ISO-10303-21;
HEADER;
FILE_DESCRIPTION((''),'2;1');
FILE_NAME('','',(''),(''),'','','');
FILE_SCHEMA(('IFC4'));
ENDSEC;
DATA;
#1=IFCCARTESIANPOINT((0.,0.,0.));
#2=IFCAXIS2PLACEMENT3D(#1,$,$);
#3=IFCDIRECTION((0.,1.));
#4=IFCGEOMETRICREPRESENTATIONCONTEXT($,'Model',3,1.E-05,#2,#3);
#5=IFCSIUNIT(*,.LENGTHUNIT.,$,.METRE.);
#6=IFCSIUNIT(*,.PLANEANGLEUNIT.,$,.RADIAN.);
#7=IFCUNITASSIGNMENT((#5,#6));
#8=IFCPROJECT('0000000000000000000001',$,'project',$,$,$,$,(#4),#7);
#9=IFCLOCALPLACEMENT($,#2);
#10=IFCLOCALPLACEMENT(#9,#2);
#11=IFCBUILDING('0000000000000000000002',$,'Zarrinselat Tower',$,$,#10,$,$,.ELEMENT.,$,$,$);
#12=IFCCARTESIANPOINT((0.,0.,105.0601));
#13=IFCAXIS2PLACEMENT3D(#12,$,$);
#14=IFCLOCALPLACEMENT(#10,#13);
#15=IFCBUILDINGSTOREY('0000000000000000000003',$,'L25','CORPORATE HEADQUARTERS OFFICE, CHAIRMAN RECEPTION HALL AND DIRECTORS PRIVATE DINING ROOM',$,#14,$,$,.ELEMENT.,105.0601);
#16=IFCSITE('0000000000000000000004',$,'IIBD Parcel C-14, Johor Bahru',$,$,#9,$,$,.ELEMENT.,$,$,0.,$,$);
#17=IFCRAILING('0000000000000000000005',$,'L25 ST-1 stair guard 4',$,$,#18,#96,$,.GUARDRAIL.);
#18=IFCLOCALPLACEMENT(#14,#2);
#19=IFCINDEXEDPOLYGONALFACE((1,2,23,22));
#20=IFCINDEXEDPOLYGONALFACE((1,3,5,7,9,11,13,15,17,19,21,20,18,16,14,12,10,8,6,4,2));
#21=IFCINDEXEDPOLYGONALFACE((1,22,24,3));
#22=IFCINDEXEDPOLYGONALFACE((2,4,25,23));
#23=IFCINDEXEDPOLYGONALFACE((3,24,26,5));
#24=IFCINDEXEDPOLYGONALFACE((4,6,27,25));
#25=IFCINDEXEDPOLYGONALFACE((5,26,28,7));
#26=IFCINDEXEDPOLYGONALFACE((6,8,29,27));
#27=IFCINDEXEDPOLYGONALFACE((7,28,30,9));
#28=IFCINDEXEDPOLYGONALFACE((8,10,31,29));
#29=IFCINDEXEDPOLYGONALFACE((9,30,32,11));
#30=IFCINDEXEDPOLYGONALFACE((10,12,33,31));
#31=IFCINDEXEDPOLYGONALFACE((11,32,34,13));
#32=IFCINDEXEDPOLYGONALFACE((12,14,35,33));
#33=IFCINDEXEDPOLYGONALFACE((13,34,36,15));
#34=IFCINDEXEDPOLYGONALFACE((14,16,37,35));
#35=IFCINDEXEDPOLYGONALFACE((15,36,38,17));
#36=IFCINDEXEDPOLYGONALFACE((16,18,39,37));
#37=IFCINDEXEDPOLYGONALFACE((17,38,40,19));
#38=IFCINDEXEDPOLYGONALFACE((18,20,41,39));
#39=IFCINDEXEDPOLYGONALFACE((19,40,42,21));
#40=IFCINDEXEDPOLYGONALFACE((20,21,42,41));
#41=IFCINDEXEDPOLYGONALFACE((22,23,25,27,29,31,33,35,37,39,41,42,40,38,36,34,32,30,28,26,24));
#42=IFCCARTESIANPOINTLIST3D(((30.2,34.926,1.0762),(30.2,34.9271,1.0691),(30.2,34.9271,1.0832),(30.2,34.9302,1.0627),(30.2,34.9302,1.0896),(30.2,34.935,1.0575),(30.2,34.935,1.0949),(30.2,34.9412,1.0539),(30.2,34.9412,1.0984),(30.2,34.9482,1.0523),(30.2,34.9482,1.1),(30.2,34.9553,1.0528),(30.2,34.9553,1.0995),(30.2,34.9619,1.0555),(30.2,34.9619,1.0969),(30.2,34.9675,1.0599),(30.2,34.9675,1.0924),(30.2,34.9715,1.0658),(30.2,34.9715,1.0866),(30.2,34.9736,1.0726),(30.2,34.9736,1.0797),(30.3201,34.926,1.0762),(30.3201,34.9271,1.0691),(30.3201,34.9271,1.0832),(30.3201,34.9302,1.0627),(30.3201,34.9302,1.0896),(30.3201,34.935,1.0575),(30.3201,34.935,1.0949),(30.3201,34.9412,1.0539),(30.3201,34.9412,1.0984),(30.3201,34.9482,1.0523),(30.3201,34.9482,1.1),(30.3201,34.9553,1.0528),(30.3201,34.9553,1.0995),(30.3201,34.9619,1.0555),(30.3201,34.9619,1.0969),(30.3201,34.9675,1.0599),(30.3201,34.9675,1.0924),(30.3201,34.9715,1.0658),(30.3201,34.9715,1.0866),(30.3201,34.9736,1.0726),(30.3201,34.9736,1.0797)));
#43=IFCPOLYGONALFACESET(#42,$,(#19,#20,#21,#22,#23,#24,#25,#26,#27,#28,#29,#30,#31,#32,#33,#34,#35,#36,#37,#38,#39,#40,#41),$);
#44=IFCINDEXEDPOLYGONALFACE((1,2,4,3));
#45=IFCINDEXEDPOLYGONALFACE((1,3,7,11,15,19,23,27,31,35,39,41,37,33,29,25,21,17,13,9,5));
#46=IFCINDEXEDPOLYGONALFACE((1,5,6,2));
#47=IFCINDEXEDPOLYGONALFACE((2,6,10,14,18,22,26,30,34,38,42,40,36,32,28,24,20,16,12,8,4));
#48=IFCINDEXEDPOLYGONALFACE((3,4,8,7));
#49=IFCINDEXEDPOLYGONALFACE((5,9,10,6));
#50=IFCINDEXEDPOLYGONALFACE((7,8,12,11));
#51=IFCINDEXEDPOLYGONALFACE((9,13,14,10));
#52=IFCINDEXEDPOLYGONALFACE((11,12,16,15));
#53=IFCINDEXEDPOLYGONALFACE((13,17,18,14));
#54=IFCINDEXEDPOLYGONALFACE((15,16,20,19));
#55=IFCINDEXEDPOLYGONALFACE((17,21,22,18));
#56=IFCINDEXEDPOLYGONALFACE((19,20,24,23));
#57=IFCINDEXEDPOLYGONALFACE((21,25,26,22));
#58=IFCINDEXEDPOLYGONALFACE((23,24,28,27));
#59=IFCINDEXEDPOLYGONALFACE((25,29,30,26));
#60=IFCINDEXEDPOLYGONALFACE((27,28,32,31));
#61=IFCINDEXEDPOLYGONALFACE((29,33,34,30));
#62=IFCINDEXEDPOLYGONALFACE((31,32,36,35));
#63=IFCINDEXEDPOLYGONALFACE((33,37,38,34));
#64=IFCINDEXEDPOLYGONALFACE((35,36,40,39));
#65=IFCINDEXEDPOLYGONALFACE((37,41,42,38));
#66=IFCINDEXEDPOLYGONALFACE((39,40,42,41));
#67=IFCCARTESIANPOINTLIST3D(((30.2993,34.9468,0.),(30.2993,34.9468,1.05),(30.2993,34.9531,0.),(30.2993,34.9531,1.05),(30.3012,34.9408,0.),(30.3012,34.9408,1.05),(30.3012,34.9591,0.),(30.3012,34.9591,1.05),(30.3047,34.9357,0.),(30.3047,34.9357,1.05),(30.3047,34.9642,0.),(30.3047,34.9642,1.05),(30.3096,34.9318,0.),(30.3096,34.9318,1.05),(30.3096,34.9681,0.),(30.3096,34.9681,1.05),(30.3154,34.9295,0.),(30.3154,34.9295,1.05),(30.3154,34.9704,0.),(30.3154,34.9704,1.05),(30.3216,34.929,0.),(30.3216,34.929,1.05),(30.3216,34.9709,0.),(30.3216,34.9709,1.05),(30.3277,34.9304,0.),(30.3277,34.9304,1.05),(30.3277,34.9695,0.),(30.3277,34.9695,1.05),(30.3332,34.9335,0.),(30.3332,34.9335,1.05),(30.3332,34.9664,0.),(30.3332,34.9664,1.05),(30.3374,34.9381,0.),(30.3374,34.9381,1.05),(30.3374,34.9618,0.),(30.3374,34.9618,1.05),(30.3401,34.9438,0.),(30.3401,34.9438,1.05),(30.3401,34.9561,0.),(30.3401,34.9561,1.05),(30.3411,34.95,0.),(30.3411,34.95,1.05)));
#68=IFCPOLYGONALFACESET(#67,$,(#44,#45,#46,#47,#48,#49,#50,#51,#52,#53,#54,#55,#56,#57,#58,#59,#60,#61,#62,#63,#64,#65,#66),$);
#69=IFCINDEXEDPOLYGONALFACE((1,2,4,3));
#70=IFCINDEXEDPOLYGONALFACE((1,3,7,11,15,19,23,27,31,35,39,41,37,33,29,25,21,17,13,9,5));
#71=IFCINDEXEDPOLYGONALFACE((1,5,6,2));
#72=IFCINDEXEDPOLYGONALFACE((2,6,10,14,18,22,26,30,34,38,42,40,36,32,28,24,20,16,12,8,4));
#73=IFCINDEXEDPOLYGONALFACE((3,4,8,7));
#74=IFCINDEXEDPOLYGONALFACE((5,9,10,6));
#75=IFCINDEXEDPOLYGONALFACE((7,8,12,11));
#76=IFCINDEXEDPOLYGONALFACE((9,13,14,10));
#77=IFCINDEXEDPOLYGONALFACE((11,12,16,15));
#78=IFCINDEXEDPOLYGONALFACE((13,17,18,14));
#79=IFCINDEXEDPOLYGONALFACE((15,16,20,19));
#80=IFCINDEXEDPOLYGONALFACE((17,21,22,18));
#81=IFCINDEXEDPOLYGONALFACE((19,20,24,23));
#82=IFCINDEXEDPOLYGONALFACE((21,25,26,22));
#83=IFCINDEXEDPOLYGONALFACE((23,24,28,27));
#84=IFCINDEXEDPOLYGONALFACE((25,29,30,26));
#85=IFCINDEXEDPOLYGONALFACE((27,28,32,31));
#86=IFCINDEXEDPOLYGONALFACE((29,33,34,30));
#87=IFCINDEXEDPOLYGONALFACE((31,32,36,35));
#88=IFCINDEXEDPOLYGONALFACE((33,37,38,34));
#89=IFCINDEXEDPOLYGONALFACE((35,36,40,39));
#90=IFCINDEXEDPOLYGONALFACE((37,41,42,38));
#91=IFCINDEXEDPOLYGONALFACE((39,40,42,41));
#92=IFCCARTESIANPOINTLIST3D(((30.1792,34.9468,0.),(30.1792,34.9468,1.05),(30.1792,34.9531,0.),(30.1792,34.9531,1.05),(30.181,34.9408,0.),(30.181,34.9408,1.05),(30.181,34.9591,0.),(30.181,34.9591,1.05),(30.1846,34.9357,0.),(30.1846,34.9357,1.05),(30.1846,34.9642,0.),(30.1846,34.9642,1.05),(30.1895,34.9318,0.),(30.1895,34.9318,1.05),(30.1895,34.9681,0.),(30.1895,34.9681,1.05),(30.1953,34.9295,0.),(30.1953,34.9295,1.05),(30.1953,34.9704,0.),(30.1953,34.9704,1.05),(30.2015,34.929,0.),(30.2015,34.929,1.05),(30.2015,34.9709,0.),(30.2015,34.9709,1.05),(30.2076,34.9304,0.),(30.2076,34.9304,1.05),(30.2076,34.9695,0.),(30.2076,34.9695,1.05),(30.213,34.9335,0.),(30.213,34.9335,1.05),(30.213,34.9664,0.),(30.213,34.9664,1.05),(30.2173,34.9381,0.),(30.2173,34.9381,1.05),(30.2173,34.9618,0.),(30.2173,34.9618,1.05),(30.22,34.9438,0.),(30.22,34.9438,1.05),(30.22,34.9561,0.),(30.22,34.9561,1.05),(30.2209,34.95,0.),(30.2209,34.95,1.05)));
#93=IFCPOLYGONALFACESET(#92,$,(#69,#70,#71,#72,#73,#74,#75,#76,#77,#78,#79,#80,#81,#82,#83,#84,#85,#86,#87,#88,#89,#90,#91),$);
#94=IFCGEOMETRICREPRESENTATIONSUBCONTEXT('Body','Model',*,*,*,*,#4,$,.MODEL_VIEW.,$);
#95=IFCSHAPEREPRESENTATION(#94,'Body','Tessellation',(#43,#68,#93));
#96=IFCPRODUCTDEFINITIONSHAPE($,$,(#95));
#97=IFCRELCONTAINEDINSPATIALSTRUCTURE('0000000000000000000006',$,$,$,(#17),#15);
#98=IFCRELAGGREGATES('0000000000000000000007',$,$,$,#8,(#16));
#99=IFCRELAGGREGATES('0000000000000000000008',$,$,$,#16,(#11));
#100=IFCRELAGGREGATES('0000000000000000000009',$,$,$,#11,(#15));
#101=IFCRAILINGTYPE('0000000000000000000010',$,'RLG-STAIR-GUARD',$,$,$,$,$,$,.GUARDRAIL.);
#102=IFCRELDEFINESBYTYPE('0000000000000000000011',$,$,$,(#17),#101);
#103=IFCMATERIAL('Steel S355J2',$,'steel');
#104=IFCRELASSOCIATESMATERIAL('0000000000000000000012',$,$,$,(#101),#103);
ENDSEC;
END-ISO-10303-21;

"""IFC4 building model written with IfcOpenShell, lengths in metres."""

from ifc_helpers import new_model, si_unit, direction, frame, origin, origin_2d, place, context, subcontext, project, spatial, circle, extrude, material, type_object, element, save


model = new_model("IFC4")

# Units and contexts
model_context = context("Model", 3, precision=1e-05, world=origin(), true_north=direction((0.0, 1.0)))
body_context = subcontext(model_context, "Body", "Model", "MODEL_VIEW")
ifc_project = project(units=[si_unit("LENGTHUNIT", "METRE"), si_unit("PLANEANGLEUNIT", "RADIAN")], contexts=[model_context])

# Site, building, storey
site_placement = place(None, origin())
site = spatial("IfcSite", under=ifc_project, at=site_placement, Name="IIBD Parcel C-14, Johor Bahru", CompositionType="ELEMENT", RefElevation=0.0)
building_placement = place(site_placement, origin())
building = spatial("IfcBuilding", under=site, at=building_placement, Name="Zarrinselat Tower", CompositionType="ELEMENT")
storey_placement = place(building_placement, frame((0.0, 0.0, 105.0601)))
storey = spatial("IfcBuildingStorey", under=building, at=storey_placement, Name="L25", Description="CORPORATE HEADQUARTERS OFFICE, CHAIRMAN RECEPTION HALL AND DIRECTORS PRIVATE DINING ROOM", CompositionType="ELEMENT", Elevation=105.0601)

# Railing
ifc_material_1 = material(Name="Steel S355J2", Category="steel")
railing_type_1 = type_object("IfcRailingType", Name="RLG-STAIR-GUARD", PredefinedType="GUARDRAIL", material=ifc_material_1)
railing_1_placement = place(storey_placement, frame((30.3201, 34.95, 0.0)))
element("IfcRailing", 1, at=railing_1_placement, inside=storey, type_object=railing_type_1, Name="L25 ST-1 stair guard 4", PredefinedType="GUARDRAIL", context=body_context, shape_type="SweptSolid", body=[
    extrude(circle(Radius=0.0239, at=origin_2d()), frame((0.0, 0.0, 1.0762), z_axis=(-1.0, 0.0, 0.0), x_axis=(0.0, -1.0, 0.0)), (0.0, 0.0, 1.0), 0.1201),
    extrude(circle(Radius=0.021, at=origin_2d()), origin(), (0.0, 0.0, 1.0), 1.05),
    extrude(circle(Radius=0.021, at=origin_2d()), frame((-0.1201, 0.0, 0.0)), (0.0, 0.0, 1.0), 1.05),
])

save(model, "model.ifc")
